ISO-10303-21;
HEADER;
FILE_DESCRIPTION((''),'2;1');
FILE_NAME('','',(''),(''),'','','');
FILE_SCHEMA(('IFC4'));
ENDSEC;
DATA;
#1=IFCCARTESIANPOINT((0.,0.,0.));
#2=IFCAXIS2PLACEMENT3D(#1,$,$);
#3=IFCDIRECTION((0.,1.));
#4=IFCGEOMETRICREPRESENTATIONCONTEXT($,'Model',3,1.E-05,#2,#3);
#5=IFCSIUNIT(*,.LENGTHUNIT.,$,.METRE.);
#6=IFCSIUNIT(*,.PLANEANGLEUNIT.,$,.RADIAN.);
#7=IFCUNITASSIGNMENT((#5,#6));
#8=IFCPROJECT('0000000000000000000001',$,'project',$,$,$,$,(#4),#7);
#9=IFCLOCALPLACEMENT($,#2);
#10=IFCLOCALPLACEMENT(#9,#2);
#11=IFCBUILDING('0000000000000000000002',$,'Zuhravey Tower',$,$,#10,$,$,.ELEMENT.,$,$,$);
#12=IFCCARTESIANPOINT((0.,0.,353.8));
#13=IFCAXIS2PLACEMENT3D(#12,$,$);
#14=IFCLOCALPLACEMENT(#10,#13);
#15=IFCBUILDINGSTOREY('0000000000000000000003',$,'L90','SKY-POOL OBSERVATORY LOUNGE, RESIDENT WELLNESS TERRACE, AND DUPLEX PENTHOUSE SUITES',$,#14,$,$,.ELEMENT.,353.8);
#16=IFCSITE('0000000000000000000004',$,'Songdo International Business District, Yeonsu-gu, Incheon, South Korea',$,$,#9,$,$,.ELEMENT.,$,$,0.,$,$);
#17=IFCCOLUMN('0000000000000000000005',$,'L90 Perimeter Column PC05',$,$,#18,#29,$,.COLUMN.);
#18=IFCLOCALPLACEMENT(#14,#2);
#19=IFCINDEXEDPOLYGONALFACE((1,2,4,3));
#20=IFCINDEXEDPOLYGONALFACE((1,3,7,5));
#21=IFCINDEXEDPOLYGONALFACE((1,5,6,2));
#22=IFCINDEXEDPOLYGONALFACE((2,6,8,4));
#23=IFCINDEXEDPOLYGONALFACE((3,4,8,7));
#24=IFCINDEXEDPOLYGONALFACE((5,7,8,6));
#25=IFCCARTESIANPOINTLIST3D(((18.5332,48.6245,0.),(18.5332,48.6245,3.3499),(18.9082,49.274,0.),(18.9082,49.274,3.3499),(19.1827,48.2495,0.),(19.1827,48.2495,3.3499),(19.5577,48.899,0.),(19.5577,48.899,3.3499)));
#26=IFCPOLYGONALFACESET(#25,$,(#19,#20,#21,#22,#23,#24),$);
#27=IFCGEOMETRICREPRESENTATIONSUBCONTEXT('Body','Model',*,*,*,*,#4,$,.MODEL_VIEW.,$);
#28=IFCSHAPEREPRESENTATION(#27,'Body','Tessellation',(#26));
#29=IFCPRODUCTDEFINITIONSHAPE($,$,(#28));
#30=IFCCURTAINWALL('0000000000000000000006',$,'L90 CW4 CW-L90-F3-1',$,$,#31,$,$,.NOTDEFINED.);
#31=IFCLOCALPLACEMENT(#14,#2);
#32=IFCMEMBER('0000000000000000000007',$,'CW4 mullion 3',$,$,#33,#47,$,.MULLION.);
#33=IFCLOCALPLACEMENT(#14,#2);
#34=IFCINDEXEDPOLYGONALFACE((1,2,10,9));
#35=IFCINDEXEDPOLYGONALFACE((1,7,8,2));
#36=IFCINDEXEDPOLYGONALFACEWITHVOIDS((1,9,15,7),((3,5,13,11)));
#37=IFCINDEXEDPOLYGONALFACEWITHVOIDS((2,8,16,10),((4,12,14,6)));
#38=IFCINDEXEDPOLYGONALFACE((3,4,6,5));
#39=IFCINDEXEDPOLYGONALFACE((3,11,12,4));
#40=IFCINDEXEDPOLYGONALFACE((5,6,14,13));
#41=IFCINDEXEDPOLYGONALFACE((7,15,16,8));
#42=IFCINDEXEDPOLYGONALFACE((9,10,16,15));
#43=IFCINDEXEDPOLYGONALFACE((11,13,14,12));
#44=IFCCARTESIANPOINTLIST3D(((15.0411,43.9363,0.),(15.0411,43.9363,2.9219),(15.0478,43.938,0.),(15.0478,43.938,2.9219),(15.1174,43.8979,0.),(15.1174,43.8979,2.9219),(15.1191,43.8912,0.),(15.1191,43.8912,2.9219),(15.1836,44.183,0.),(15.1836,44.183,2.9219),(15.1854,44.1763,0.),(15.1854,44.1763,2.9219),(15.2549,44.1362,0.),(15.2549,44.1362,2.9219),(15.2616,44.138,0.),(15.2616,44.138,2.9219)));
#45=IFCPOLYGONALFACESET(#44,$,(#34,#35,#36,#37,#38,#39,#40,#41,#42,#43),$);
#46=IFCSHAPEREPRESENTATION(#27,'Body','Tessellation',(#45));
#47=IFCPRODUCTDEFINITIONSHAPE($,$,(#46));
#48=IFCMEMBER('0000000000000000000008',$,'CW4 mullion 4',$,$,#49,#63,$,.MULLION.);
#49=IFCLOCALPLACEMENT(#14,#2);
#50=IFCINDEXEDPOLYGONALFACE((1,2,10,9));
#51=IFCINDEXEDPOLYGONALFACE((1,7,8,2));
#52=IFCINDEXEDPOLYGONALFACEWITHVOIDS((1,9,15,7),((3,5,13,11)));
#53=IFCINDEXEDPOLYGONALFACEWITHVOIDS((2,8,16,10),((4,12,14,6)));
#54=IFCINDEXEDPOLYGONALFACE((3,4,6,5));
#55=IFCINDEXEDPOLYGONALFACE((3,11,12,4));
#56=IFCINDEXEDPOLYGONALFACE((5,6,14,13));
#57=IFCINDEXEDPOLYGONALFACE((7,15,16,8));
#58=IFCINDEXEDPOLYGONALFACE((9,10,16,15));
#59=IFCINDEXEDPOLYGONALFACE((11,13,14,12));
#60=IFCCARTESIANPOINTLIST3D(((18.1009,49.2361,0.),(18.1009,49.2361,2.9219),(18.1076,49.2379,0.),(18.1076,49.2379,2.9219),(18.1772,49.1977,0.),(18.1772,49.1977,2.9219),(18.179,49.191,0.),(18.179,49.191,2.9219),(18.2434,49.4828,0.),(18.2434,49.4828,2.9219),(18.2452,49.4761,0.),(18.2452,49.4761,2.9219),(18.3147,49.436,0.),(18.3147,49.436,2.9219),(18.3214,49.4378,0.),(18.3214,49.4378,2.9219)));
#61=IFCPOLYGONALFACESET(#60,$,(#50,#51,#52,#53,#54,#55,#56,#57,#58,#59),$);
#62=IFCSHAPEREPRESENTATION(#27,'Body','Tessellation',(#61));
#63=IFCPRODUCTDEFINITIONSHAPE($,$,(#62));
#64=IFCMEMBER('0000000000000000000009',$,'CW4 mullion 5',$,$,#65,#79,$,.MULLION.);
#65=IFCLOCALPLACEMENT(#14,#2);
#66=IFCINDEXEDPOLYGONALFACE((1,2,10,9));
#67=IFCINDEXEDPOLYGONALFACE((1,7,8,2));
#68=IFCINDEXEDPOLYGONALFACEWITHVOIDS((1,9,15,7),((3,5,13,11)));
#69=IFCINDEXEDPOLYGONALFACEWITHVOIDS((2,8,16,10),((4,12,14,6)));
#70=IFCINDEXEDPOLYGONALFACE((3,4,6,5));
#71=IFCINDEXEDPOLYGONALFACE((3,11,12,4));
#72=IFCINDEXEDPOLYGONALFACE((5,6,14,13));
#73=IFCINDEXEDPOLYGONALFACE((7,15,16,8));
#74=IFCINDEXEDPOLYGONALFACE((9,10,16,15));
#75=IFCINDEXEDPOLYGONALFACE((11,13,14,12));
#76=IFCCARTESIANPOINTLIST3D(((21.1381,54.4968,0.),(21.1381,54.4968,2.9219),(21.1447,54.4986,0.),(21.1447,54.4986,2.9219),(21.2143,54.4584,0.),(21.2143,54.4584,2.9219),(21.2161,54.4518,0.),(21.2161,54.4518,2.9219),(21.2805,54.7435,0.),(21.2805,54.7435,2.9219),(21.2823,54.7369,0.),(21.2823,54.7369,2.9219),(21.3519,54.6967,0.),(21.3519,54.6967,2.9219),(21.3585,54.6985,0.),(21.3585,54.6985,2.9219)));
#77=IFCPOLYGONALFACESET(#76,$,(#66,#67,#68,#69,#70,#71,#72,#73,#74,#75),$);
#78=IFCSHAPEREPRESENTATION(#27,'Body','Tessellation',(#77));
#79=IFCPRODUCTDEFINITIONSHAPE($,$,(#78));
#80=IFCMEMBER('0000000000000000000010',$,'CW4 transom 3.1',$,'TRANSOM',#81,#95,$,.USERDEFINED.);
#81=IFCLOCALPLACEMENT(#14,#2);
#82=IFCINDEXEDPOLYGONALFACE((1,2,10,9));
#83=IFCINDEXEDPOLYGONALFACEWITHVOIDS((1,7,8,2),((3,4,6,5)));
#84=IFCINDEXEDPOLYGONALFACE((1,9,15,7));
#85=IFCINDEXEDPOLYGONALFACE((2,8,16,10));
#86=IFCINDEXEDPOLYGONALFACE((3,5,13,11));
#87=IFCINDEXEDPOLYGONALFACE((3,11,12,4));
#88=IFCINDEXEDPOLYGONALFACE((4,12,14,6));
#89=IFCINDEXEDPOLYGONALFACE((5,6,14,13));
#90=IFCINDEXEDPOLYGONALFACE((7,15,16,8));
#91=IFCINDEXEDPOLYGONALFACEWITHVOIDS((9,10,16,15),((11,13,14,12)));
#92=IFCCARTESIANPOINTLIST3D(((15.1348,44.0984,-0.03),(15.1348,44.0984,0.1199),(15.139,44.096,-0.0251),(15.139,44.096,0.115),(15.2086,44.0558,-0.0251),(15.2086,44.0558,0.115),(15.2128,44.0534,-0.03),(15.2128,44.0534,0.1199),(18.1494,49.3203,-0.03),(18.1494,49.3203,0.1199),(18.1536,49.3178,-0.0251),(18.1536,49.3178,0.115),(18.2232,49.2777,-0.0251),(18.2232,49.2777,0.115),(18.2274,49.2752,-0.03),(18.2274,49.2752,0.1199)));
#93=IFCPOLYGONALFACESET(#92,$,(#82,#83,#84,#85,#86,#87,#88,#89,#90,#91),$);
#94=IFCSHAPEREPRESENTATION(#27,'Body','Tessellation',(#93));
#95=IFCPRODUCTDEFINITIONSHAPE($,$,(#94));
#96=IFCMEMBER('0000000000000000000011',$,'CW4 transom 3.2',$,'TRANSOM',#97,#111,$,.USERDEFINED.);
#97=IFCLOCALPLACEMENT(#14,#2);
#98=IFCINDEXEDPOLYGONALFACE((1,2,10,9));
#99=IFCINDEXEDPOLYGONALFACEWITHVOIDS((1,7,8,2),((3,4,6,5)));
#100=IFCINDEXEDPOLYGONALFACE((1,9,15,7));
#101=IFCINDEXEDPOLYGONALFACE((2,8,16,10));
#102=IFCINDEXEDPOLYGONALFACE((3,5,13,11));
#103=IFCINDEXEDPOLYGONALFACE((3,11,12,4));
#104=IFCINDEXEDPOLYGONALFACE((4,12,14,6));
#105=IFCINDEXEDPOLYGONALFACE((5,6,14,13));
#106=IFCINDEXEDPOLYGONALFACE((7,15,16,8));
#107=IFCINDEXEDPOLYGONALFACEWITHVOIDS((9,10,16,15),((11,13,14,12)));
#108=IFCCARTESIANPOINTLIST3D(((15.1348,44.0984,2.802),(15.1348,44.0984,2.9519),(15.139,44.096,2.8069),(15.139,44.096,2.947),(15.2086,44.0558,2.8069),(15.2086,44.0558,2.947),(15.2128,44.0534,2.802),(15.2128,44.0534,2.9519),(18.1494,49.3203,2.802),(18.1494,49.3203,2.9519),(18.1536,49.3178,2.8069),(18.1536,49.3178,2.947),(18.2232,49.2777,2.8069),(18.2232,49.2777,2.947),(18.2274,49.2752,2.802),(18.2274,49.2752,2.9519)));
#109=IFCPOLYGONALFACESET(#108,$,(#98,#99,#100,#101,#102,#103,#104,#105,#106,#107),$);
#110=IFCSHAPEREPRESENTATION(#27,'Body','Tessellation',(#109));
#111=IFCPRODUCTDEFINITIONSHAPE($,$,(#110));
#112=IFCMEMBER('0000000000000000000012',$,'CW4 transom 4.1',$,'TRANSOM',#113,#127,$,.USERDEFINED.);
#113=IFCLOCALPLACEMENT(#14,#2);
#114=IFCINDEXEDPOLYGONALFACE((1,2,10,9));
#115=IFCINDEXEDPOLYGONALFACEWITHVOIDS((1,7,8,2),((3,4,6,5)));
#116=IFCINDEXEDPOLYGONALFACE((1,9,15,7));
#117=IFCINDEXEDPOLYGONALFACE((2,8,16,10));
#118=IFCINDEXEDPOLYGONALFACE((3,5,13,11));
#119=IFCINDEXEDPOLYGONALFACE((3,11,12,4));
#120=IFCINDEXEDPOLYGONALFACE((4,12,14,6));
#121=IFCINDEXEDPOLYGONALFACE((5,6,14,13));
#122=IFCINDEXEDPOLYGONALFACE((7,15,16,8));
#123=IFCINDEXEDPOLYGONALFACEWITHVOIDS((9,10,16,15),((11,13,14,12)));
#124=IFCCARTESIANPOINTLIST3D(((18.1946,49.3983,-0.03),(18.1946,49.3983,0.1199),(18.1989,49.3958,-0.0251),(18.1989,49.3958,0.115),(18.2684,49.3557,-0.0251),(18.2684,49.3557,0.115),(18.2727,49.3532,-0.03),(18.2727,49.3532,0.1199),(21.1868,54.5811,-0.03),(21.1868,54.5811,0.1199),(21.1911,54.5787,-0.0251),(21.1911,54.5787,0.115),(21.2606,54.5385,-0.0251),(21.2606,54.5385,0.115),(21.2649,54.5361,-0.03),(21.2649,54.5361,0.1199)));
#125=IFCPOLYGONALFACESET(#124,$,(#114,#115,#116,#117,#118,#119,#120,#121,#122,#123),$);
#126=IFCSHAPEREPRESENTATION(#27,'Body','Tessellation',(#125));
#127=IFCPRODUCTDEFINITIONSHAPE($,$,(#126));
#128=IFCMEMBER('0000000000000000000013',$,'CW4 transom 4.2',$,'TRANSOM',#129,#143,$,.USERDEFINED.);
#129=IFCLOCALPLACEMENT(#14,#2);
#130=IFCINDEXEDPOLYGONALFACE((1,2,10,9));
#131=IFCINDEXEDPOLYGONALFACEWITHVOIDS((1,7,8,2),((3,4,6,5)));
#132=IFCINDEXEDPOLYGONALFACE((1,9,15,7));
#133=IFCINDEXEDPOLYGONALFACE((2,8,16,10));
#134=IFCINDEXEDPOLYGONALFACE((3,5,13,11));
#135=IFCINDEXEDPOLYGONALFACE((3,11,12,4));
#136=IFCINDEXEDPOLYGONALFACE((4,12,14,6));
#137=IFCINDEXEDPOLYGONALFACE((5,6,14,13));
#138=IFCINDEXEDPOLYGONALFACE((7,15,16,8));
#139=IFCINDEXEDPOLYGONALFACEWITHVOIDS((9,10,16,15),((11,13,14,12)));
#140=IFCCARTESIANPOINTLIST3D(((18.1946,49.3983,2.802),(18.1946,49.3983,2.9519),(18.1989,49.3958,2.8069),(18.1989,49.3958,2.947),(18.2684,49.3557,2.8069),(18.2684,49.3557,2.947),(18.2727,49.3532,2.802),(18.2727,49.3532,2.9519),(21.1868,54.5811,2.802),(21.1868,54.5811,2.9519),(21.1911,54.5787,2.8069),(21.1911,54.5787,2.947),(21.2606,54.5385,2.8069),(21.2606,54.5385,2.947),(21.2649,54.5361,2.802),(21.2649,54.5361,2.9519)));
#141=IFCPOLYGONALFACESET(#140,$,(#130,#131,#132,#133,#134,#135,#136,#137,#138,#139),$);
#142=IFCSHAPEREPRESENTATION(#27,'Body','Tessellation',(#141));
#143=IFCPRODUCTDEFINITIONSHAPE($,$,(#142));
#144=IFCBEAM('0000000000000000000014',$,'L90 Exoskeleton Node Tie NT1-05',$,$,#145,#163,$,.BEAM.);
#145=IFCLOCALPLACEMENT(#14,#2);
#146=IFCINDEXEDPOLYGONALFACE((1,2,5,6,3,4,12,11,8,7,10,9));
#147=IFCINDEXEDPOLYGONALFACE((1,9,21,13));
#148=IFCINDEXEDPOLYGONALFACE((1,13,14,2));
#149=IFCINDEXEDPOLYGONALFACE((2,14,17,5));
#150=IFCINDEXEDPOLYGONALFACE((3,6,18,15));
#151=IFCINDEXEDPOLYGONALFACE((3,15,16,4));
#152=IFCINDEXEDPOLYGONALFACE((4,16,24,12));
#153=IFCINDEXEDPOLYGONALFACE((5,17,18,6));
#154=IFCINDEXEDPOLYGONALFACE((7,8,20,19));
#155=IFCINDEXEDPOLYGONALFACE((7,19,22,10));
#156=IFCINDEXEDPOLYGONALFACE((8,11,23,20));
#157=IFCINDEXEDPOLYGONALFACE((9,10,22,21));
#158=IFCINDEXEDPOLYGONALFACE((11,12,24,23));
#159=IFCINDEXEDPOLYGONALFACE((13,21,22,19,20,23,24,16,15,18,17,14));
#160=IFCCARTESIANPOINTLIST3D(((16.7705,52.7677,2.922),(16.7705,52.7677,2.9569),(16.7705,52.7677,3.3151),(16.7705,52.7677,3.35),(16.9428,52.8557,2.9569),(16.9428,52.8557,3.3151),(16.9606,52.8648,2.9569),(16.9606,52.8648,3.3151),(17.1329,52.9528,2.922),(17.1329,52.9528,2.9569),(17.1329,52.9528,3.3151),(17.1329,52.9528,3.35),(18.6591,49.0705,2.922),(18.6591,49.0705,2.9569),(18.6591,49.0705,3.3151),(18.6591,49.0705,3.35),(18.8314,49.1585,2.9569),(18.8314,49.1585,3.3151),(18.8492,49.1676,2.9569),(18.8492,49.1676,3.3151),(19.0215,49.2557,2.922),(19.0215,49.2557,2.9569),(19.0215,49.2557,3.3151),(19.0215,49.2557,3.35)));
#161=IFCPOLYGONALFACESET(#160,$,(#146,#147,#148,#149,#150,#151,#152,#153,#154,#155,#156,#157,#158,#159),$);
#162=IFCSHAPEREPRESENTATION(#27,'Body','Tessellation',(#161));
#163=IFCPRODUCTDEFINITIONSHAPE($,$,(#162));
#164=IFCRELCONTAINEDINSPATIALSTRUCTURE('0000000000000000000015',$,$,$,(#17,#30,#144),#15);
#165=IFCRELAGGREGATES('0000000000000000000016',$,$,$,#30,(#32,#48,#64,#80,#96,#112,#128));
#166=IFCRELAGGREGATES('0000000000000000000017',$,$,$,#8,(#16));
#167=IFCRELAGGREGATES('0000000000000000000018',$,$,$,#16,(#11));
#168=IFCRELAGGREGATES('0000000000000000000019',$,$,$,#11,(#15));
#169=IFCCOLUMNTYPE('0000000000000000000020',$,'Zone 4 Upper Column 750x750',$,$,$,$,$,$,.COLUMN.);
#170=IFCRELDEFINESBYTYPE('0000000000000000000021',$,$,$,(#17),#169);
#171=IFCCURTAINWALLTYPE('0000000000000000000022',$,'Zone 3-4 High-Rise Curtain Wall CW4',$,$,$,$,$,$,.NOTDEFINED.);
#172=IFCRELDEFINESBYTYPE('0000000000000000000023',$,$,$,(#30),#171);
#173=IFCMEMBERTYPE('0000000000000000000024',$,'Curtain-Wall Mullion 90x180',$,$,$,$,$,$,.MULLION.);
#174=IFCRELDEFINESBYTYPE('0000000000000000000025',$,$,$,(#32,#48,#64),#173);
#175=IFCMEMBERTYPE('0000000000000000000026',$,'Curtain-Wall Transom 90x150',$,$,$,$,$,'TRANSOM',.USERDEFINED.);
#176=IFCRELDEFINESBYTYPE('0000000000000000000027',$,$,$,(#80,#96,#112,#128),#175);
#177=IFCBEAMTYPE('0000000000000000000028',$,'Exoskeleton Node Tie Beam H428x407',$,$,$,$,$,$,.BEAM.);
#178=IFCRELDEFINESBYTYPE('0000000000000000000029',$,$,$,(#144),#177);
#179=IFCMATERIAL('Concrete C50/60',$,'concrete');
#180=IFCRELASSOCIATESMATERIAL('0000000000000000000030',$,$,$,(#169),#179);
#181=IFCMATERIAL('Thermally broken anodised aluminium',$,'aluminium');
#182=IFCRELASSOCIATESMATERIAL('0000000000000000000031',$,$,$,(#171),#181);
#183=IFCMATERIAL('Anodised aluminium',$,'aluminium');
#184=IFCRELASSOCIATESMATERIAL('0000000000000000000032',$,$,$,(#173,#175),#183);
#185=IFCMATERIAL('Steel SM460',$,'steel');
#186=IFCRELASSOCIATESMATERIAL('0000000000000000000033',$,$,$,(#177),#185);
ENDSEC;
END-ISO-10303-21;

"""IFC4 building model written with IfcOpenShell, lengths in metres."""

from ifc_helpers import new_model, si_unit, direction, frame, origin, origin_2d, place, context, subcontext, project, spatial, rectangle, hollow_rectangle, i_section, extrude, material, material_profile, profile_set, type_object, element, aggregate, save


model = new_model("IFC4")

# Units and contexts
model_context = context("Model", 3, precision=1e-05, world=origin(), true_north=direction((0.0, 1.0)))
body_context = subcontext(model_context, "Body", "Model", "MODEL_VIEW")
ifc_project = project(units=[si_unit("LENGTHUNIT", "METRE"), si_unit("PLANEANGLEUNIT", "RADIAN")], contexts=[model_context])

# Site, building, storey
site_placement = place(None, origin())
site = spatial("IfcSite", under=ifc_project, at=site_placement, Name="Songdo International Business District, Yeonsu-gu, Incheon, South Korea", CompositionType="ELEMENT", RefElevation=0.0)
building_placement = place(site_placement, origin())
building = spatial("IfcBuilding", under=site, at=building_placement, Name="Zuhravey Tower", CompositionType="ELEMENT")
storey_placement = place(building_placement, frame((0.0, 0.0, 353.8)))
storey = spatial("IfcBuildingStorey", under=building, at=storey_placement, Name="L90", Description="SKY-POOL OBSERVATORY LOUNGE, RESIDENT WELLNESS TERRACE, AND DUPLEX PENTHOUSE SUITES", CompositionType="ELEMENT", Elevation=353.8)

# Column
ifc_material_1 = material(Name="Concrete C50/60", Category="concrete")
ifc_material_profile_1 = material_profile(ifc_material_1, rectangle(XDim=0.75, YDim=0.75, at=origin_2d()), Name="RC-750x750")
ifc_profile_set_1 = profile_set([ifc_material_profile_1], Name="Concrete C50/60")
column_type = type_object("IfcColumnType", Name="Zone 4 Upper Column 750x750", PredefinedType="COLUMN", material=ifc_profile_set_1)
column_placement = place(storey_placement, frame((19.0454, 48.7617, 0.0), z_axis=(0.0, 0.0, 1.0), x_axis=(-0.5, -0.866025, 0.0)))
element("IfcColumn", 1, at=column_placement, inside=storey, type_object=column_type, Name="L90 Perimeter Column PC05", PredefinedType="COLUMN", context=body_context, shape_type="SweptSolid", body=[
    extrude(rectangle(XDim=0.75, YDim=0.75, at=origin_2d()), origin(), (0.0, 0.0, 1.0), 3.3499),
])

# Curtain wall, members
ifc_material_2 = material(Name="Thermally broken anodised aluminium", Category="aluminium")
curtain_wall_type = type_object("IfcCurtainWallType", Name="Zone 3-4 High-Rise Curtain Wall CW4", PredefinedType="NOTDEFINED", material=ifc_material_2)
curtain_wall_placement = place(storey_placement, origin())
curtain_wall = element("IfcCurtainWall", 2, at=curtain_wall_placement, inside=storey, type_object=curtain_wall_type, Name="L90 CW4 CW-L90-F3-1", PredefinedType="NOTDEFINED")
ifc_material_3 = material(Name="Anodised aluminium", Category="aluminium")
ifc_material_profile_2 = material_profile(ifc_material_3, hollow_rectangle(XDim=0.0901, YDim=0.2849, WallThickness=0.0049, at=origin_2d()), Name="ALU-RHS-90x285x5")
ifc_profile_set_2 = profile_set([ifc_material_profile_2], Name="Anodised aluminium")
member_type_1 = type_object("IfcMemberType", Name="Curtain-Wall Mullion 90x180", PredefinedType="MULLION", material=ifc_profile_set_2)
member_1_placement = place(storey_placement, frame((15.1514, 44.0371, 0.0), z_axis=(0.0, 0.0, 1.0), x_axis=(-0.866026, 0.5, 0.0)))
member_1 = element("IfcMember", 3, at=member_1_placement, type_object=member_type_1, Name="CW4 mullion 3", PredefinedType="MULLION", context=body_context, shape_type="SweptSolid", body=[
    extrude(hollow_rectangle(XDim=0.0901, YDim=0.2849, WallThickness=0.0049, at=origin_2d()), origin(), (0.0, 0.0, 1.0), 2.9219),
])
member_2_placement = place(storey_placement, frame((18.2112, 49.3369, 0.0), z_axis=(0.0, 0.0, 1.0), x_axis=(-0.866026, 0.5, 0.0)))
member_2 = element("IfcMember", 4, at=member_2_placement, type_object=member_type_1, Name="CW4 mullion 4", PredefinedType="MULLION", context=body_context, shape_type="SweptSolid", body=[
    extrude(hollow_rectangle(XDim=0.0901, YDim=0.2849, WallThickness=0.0049, at=origin_2d()), origin(), (0.0, 0.0, 1.0), 2.9219),
])
member_3_placement = place(storey_placement, frame((21.2483, 54.5977, 0.0), z_axis=(0.0, 0.0, 1.0), x_axis=(-0.866026, 0.5, 0.0)))
member_3 = element("IfcMember", 5, at=member_3_placement, type_object=member_type_1, Name="CW4 mullion 5", PredefinedType="MULLION", context=body_context, shape_type="SweptSolid", body=[
    extrude(hollow_rectangle(XDim=0.0901, YDim=0.2849, WallThickness=0.0049, at=origin_2d()), origin(), (0.0, 0.0, 1.0), 2.9219),
])
ifc_material_profile_3 = material_profile(ifc_material_3, hollow_rectangle(XDim=0.0901, YDim=0.1499, WallThickness=0.0049, at=origin_2d()), Name="ALU-RHS-90x150x5")
ifc_profile_set_3 = profile_set([ifc_material_profile_3], Name="Anodised aluminium")
member_type_2 = type_object("IfcMemberType", Name="Curtain-Wall Transom 90x150", ElementType="TRANSOM", PredefinedType="USERDEFINED", material=ifc_profile_set_3)
member_4_placement = place(storey_placement, frame((15.1738, 44.0759, 0.0449), z_axis=(0.499971, 0.866042, 0.0), x_axis=(-0.866042, 0.499971, 0.0)))
member_4 = element("IfcMember", 6, at=member_4_placement, type_object=member_type_2, Name="CW4 transom 3.1", ObjectType="TRANSOM", PredefinedType="USERDEFINED", context=body_context, shape_type="SweptSolid", body=[
    extrude(hollow_rectangle(XDim=0.0901, YDim=0.1499, WallThickness=0.0049, at=origin_2d()), origin(), (0.0, 0.0, 1.0), 6.0295),
])
member_5_placement = place(storey_placement, frame((15.1738, 44.0759, 2.877), z_axis=(0.499971, 0.866042, 0.0), x_axis=(-0.866042, 0.499971, 0.0)))
member_5 = element("IfcMember", 7, at=member_5_placement, type_object=member_type_2, Name="CW4 transom 3.2", ObjectType="TRANSOM", PredefinedType="USERDEFINED", context=body_context, shape_type="SweptSolid", body=[
    extrude(hollow_rectangle(XDim=0.0901, YDim=0.1499, WallThickness=0.0049, at=origin_2d()), origin(), (0.0, 0.0, 1.0), 6.0295),
])
member_6_placement = place(storey_placement, frame((18.2336, 49.3757, 0.0449), z_axis=(0.499983, 0.866035, 0.0), x_axis=(-0.866035, 0.499983, 0.0)))
member_6 = element("IfcMember", 8, at=member_6_placement, type_object=member_type_2, Name="CW4 transom 4.1", ObjectType="TRANSOM", PredefinedType="USERDEFINED", context=body_context, shape_type="SweptSolid", body=[
    extrude(hollow_rectangle(XDim=0.0901, YDim=0.1499, WallThickness=0.0049, at=origin_2d()), origin(), (0.0, 0.0, 1.0), 5.9846),
])
member_7_placement = place(storey_placement, frame((18.2336, 49.3757, 2.877), z_axis=(0.499983, 0.866035, 0.0), x_axis=(-0.866035, 0.499983, 0.0)))
member_7 = element("IfcMember", 9, at=member_7_placement, type_object=member_type_2, Name="CW4 transom 4.2", ObjectType="TRANSOM", PredefinedType="USERDEFINED", context=body_context, shape_type="SweptSolid", body=[
    extrude(hollow_rectangle(XDim=0.0901, YDim=0.1499, WallThickness=0.0049, at=origin_2d()), origin(), (0.0, 0.0, 1.0), 5.9846),
])

# Beam
ifc_material_4 = material(Name="Steel SM460", Category="steel")
ifc_material_profile_4 = material_profile(ifc_material_4, i_section(OverallWidth=0.407, OverallDepth=0.428, WebThickness=0.02, FlangeThickness=0.0349, at=origin_2d()), Name="H-428x407x20x35")
ifc_profile_set_4 = profile_set([ifc_material_profile_4], Name="Steel SM460")
beam_type_1 = type_object("IfcBeamType", Name="Exoskeleton Node Tie Beam H428x407", PredefinedType="BEAM", material=ifc_profile_set_4)
beam_1_placement = place(storey_placement, frame((18.8403, 49.1631, 3.136), z_axis=(-0.454912, 0.890536, 0.0), x_axis=(-0.890536, -0.454912, 0.0)))
element("IfcBeam", 10, at=beam_1_placement, inside=storey, type_object=beam_type_1, Name="L90 Exoskeleton Node Tie NT1-05", PredefinedType="BEAM", context=body_context, shape_type="SweptSolid", body=[
    extrude(i_section(OverallWidth=0.407, OverallDepth=0.428, WebThickness=0.02, FlangeThickness=0.0349, at=origin_2d()), origin(), (0.0, 0.0, 1.0), 4.1516),
])

aggregate(curtain_wall, [member_1, member_2, member_3, member_4, member_5, member_6, member_7])

save(model, "model.ifc")
